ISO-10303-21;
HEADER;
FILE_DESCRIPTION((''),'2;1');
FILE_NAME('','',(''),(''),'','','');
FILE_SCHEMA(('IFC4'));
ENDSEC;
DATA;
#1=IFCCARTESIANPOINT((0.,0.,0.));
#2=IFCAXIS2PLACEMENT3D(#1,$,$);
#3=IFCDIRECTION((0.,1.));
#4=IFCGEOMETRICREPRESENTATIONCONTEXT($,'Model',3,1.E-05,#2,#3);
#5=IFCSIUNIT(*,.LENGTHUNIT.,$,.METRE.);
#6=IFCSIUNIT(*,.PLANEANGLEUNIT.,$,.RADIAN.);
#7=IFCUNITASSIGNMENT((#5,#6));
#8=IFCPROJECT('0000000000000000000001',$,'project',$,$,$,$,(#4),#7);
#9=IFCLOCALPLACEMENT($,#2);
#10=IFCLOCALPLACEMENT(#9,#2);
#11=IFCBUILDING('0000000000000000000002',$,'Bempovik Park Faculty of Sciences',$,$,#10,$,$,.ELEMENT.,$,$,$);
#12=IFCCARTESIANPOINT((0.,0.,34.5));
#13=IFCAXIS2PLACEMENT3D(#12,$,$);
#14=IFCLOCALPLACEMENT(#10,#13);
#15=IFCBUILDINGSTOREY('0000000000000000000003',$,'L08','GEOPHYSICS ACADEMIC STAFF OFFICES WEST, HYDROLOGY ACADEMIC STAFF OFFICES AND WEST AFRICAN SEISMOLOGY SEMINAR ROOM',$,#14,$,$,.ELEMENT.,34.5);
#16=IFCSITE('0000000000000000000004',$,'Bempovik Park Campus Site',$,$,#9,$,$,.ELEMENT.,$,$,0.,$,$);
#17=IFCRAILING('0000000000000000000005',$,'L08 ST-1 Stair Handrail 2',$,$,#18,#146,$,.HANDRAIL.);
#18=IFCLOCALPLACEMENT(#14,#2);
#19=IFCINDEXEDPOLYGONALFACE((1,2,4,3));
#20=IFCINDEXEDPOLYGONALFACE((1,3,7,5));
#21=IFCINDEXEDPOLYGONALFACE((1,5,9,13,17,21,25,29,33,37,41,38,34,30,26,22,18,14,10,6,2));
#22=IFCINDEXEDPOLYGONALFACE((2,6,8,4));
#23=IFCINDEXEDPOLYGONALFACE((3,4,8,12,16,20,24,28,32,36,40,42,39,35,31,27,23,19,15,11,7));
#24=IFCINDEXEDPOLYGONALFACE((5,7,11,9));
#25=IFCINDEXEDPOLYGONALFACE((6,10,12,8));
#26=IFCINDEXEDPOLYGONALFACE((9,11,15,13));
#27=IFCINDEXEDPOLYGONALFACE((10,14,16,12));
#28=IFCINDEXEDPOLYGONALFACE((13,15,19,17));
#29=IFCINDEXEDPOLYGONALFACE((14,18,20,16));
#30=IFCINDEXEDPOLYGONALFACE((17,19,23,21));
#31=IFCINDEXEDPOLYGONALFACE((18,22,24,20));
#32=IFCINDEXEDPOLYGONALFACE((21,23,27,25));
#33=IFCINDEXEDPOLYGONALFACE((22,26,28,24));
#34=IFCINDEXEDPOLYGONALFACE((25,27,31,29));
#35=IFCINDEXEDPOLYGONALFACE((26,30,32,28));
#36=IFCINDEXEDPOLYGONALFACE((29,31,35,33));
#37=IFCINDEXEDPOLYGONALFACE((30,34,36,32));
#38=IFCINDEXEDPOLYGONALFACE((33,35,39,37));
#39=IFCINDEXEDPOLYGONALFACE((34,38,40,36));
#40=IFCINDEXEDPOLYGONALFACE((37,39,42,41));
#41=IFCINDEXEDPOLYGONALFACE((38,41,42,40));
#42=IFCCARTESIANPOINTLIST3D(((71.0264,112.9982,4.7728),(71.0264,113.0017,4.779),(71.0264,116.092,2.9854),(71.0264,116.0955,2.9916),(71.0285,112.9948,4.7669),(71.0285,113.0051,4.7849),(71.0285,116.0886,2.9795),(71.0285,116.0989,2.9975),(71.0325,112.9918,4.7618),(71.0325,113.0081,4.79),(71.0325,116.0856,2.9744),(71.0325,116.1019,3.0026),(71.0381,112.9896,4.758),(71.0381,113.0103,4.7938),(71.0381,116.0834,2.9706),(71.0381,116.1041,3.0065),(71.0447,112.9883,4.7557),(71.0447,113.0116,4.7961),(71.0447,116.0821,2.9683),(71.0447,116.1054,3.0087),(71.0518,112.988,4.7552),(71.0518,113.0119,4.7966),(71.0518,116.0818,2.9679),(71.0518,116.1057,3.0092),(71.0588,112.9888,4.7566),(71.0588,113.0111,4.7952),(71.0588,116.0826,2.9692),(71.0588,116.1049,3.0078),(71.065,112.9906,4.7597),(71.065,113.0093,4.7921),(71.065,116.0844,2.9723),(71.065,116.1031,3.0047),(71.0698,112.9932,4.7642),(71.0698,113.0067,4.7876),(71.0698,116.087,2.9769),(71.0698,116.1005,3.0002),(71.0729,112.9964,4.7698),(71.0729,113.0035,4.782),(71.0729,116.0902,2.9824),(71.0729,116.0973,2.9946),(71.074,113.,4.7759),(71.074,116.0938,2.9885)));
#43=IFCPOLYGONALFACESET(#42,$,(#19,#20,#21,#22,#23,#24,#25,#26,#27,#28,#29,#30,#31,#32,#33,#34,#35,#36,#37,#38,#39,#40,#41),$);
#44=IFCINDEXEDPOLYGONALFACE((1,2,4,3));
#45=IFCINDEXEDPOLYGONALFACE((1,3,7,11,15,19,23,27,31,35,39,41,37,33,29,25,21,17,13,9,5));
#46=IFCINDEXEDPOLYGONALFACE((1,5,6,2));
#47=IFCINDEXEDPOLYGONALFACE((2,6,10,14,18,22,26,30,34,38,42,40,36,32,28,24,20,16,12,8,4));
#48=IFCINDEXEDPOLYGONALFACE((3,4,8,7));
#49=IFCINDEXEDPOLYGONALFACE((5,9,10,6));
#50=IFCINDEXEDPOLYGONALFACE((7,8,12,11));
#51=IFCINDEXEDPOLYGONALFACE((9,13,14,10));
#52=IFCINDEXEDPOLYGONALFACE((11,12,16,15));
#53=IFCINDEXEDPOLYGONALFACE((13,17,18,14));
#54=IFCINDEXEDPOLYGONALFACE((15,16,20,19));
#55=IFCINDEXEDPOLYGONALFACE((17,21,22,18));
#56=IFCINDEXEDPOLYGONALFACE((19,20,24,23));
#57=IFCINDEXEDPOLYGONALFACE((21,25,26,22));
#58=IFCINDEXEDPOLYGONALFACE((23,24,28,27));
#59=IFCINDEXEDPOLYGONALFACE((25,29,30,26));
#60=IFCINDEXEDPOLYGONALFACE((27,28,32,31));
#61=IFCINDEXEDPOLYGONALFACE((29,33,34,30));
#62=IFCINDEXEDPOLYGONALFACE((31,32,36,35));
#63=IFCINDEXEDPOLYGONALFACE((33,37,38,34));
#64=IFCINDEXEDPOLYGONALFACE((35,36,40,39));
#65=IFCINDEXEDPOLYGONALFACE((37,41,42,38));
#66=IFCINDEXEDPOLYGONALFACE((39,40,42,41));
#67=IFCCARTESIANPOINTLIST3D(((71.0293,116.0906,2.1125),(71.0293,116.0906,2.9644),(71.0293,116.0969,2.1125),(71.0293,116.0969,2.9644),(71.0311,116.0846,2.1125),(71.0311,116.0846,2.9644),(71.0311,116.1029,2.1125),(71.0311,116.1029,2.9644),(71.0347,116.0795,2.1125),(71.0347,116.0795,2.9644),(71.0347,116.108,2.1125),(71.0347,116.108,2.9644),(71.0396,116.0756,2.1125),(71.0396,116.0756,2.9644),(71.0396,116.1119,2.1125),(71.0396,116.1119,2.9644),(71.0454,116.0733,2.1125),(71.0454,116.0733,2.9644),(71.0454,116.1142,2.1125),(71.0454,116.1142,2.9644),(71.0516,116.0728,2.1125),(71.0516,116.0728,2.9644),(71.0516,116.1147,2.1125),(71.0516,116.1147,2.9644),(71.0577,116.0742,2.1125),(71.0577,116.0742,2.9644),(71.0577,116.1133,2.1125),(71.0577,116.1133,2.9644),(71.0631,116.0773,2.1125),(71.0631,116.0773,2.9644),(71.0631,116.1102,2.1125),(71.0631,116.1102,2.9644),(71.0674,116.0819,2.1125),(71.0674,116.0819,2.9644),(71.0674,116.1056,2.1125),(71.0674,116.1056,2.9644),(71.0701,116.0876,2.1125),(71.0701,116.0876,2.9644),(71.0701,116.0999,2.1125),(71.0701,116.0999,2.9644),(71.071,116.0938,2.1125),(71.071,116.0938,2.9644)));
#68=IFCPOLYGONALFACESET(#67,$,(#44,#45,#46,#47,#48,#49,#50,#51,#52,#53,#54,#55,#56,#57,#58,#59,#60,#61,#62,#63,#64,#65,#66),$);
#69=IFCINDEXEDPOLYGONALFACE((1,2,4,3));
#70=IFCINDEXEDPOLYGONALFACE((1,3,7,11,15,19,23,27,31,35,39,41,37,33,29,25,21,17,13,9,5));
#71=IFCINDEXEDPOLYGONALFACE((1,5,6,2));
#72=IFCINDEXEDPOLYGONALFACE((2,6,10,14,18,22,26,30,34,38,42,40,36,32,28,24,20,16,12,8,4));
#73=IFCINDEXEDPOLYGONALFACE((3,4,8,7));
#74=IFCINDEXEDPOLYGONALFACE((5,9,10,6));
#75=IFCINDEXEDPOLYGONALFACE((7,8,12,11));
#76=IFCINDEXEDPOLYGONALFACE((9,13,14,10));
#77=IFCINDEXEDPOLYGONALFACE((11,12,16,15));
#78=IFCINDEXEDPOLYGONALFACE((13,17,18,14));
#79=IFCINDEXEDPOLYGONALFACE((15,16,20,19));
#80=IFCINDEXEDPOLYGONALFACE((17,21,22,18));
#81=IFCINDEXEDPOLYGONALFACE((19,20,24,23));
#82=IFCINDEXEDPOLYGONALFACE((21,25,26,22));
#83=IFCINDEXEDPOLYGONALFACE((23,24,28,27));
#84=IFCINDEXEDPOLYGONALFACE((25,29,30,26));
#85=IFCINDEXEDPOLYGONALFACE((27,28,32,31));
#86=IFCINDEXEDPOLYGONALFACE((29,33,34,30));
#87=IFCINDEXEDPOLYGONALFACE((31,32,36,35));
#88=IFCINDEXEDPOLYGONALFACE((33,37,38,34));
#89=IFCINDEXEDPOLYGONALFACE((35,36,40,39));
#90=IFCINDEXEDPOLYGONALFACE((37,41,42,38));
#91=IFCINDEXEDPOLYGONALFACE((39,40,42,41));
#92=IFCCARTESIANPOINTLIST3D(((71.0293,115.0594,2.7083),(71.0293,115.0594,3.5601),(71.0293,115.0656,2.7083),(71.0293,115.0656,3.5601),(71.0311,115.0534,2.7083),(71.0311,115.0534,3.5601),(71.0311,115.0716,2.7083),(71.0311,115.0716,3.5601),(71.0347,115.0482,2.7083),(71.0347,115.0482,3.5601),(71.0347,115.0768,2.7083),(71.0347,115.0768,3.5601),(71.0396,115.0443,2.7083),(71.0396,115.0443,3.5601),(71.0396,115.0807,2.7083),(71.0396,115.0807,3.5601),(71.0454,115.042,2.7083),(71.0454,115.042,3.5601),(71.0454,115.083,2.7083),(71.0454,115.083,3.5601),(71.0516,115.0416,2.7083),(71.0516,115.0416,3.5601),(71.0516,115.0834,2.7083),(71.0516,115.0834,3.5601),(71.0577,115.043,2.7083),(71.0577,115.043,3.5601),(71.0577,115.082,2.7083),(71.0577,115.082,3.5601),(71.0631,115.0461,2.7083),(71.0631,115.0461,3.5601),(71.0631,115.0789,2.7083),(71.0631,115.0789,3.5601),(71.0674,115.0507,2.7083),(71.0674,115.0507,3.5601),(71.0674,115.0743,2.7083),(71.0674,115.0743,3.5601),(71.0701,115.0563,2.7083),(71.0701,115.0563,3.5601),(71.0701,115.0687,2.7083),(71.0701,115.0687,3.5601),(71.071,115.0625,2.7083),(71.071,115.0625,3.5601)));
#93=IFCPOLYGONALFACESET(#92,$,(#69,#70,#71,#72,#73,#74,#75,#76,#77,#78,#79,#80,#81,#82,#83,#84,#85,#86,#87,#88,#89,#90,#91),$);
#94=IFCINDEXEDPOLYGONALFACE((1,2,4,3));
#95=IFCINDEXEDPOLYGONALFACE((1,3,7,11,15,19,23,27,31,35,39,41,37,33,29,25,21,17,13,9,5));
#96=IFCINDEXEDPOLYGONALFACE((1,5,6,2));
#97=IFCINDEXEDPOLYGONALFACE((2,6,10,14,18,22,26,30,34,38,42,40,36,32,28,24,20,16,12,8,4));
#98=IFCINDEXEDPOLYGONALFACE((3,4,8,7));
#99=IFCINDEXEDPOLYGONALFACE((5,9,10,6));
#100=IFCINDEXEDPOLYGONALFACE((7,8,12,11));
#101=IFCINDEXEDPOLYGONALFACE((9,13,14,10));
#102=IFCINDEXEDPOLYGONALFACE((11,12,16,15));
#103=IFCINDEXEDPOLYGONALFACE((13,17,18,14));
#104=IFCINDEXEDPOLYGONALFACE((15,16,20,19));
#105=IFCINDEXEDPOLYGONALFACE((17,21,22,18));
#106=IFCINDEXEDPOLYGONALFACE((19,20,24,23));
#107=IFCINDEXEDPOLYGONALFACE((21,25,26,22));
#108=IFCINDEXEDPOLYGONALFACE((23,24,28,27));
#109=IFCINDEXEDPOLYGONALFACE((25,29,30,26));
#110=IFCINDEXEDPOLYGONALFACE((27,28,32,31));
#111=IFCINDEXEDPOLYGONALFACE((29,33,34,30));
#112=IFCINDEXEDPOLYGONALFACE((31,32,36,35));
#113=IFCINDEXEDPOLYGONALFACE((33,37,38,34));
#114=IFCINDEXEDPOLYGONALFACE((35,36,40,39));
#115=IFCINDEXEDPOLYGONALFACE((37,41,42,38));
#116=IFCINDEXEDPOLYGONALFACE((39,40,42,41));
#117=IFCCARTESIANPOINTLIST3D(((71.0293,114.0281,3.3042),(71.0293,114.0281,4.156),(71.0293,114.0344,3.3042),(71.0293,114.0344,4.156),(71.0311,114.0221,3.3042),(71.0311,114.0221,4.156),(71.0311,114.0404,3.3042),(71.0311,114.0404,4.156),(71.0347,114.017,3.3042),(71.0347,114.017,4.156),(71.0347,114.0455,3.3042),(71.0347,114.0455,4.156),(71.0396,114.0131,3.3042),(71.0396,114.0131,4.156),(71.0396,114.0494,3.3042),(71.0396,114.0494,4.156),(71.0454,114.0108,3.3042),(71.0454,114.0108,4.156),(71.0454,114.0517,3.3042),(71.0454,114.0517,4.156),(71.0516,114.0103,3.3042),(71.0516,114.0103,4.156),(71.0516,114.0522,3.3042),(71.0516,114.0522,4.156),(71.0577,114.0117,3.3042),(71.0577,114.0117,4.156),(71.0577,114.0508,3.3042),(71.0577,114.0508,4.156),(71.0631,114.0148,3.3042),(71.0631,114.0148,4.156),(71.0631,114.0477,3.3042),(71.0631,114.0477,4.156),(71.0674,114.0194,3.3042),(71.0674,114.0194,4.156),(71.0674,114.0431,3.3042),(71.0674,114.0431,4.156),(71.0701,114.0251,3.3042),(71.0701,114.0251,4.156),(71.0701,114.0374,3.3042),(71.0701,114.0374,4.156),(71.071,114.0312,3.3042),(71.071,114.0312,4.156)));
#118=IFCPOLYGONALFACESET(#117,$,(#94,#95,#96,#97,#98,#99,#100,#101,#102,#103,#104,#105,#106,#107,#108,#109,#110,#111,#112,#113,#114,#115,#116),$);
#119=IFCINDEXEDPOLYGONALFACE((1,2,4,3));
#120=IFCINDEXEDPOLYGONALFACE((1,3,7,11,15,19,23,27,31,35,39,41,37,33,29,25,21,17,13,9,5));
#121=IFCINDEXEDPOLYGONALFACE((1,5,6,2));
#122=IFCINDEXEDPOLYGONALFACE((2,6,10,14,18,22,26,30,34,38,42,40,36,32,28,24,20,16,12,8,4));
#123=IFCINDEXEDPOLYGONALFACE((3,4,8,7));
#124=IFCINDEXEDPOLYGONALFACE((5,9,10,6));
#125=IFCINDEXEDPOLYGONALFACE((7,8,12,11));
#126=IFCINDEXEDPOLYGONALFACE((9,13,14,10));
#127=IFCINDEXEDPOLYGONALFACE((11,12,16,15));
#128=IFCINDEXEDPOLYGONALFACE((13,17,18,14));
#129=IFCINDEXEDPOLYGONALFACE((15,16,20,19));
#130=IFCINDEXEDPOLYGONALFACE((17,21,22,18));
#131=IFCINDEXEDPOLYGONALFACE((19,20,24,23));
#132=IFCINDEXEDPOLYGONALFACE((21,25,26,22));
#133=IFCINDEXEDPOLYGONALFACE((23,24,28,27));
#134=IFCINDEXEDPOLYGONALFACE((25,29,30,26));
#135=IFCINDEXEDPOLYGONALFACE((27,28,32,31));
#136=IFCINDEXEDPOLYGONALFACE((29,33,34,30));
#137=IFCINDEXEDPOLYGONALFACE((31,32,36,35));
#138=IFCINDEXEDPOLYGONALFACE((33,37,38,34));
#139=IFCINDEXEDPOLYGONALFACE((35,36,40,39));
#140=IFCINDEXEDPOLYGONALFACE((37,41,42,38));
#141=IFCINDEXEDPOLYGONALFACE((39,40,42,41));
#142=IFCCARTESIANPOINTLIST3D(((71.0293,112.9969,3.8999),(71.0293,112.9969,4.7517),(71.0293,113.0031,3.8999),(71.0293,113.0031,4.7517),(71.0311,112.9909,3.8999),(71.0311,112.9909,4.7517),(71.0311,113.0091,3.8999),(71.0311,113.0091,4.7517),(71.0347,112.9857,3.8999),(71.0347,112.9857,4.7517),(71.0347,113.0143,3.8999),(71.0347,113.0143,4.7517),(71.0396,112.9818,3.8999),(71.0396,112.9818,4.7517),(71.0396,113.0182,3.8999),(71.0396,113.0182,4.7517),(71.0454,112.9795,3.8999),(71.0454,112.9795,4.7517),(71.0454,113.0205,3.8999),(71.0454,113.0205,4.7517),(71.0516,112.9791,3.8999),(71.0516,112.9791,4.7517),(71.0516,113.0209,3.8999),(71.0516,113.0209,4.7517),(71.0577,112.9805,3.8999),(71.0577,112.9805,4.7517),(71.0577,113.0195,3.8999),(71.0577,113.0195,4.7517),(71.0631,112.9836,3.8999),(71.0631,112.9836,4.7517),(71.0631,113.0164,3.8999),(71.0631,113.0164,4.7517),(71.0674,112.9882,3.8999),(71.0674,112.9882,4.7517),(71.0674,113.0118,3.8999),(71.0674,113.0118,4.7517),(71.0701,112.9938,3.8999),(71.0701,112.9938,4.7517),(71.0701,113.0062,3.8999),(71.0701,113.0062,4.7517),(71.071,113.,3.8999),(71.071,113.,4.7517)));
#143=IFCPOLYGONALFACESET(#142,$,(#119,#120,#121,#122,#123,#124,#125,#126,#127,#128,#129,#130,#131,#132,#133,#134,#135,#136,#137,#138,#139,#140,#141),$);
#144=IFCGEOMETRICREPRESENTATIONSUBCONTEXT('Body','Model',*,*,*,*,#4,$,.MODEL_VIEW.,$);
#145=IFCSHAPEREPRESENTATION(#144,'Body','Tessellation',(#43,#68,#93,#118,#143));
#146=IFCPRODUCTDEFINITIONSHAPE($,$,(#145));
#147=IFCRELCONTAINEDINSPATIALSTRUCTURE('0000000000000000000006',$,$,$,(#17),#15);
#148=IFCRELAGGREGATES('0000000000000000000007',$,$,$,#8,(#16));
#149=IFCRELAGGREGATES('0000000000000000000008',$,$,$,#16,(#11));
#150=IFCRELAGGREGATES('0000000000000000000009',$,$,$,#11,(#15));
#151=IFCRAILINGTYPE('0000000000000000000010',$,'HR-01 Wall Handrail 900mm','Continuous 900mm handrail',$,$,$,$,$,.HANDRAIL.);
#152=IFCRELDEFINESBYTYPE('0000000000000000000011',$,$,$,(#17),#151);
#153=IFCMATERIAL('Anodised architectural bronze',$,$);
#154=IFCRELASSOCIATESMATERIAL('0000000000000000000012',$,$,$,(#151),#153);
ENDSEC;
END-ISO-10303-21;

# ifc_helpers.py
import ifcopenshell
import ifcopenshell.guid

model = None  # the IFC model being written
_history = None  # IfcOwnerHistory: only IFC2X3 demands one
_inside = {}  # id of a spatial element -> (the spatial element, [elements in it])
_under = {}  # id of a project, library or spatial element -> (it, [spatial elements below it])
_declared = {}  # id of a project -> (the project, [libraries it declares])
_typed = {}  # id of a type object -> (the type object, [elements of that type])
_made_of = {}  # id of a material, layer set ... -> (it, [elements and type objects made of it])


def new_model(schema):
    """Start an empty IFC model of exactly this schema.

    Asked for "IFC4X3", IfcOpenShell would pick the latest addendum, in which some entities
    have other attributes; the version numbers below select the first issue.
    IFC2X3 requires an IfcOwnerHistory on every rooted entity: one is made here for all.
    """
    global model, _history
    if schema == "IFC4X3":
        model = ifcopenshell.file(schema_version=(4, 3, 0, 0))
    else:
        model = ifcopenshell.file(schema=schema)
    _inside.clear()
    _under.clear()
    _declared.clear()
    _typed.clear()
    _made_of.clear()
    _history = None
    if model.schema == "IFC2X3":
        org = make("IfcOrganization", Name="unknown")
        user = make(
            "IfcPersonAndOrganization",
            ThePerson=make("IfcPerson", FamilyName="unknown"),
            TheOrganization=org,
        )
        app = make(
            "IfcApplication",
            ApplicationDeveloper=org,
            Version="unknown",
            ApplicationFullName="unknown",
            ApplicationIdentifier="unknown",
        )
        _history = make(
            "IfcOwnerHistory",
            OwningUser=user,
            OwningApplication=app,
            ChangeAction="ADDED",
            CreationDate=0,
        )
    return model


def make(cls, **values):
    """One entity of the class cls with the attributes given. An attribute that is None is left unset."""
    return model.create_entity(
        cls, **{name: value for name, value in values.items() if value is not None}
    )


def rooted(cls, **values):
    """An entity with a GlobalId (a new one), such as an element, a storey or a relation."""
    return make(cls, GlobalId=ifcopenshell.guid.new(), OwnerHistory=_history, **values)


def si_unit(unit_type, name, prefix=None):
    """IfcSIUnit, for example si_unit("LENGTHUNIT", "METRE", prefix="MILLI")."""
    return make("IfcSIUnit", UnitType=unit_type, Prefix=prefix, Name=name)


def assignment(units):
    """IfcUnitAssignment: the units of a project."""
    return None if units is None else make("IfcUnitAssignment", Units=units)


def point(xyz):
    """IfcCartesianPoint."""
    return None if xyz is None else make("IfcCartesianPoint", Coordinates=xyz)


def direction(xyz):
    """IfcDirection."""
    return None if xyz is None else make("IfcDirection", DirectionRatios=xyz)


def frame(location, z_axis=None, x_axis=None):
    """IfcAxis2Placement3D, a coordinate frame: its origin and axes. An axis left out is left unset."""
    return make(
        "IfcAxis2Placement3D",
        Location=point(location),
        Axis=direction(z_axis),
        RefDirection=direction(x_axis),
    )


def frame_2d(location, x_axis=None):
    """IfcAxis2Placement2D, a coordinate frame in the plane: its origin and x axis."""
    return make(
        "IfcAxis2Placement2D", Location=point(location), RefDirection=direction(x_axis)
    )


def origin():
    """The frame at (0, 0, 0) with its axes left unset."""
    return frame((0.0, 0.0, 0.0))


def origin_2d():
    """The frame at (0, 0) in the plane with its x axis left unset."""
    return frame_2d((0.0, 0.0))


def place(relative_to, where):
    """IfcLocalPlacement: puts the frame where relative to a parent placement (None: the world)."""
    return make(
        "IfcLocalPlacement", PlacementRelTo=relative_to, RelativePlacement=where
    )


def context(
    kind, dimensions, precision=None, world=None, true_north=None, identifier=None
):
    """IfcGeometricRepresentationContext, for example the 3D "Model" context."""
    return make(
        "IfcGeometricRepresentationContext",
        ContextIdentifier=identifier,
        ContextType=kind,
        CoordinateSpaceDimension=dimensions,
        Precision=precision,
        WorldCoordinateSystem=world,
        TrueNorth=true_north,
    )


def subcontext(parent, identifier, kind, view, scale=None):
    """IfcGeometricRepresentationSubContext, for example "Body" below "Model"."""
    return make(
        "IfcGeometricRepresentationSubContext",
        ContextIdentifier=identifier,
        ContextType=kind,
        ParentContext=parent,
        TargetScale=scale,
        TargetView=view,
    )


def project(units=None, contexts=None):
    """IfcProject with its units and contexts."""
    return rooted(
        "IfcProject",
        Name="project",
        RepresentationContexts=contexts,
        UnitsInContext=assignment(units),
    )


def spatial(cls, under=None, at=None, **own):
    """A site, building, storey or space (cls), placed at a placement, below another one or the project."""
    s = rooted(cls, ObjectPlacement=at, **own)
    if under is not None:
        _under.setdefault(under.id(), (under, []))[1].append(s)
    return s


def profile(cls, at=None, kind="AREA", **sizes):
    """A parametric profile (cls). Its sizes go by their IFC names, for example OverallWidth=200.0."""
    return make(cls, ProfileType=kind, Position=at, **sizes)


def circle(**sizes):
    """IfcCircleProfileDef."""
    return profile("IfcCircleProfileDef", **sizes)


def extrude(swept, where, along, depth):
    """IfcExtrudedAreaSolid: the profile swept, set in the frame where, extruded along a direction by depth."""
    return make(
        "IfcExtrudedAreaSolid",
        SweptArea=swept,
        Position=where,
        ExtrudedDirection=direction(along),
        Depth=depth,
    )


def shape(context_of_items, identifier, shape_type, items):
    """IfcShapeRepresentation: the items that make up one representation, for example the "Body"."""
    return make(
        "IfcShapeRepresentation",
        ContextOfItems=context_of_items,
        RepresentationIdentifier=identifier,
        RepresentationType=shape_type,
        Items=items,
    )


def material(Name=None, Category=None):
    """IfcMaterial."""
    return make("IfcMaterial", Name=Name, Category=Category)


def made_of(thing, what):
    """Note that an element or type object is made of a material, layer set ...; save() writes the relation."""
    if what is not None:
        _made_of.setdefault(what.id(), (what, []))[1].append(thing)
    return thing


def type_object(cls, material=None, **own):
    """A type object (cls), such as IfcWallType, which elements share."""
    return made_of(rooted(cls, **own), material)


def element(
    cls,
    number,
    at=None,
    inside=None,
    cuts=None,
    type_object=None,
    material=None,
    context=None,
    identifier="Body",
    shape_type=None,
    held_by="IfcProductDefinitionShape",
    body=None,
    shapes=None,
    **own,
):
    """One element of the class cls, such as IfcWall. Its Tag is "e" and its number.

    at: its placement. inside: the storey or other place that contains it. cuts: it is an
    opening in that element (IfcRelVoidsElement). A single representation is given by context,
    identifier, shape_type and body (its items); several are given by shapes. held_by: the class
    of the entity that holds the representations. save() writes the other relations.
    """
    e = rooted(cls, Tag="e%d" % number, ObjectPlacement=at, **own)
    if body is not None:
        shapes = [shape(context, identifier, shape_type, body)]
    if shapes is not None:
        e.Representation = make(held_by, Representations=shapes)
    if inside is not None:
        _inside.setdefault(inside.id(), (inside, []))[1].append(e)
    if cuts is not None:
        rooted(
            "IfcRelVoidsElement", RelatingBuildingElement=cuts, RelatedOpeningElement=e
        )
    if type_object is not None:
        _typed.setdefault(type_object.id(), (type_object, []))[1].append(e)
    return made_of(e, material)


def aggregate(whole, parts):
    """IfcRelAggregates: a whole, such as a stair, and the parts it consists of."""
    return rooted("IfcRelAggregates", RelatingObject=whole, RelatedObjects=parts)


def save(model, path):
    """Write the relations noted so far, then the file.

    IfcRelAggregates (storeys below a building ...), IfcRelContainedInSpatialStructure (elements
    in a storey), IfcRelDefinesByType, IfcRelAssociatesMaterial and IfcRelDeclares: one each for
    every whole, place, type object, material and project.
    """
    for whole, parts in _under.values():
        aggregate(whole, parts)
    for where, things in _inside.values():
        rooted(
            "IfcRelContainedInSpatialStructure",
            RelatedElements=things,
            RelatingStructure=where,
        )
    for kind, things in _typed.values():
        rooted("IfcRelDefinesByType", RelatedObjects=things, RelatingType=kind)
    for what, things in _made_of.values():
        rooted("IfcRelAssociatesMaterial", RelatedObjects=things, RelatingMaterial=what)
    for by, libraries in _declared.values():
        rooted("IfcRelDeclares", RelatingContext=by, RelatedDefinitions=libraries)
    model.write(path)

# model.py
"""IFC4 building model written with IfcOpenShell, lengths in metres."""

from ifc_helpers import new_model, si_unit, direction, frame, origin, origin_2d, place, context, subcontext, project, spatial, circle, extrude, material, type_object, element, save


model = new_model("IFC4")

# Units and contexts
model_context = context("Model", 3, precision=1e-05, world=origin(), true_north=direction((0.0, 1.0)))
body_context = subcontext(model_context, "Body", "Model", "MODEL_VIEW")
ifc_project = project(units=[si_unit("LENGTHUNIT", "METRE"), si_unit("PLANEANGLEUNIT", "RADIAN")], contexts=[model_context])

# Site, building, storey
site_placement = place(None, origin())
site = spatial("IfcSite", under=ifc_project, at=site_placement, Name="Bempovik Park Campus Site", CompositionType="ELEMENT", RefElevation=0.0)
building_placement = place(site_placement, origin())
building = spatial("IfcBuilding", under=site, at=building_placement, Name="Bempovik Park Faculty of Sciences", CompositionType="ELEMENT")
storey_placement = place(building_placement, frame((0.0, 0.0, 34.5)))
storey = spatial("IfcBuildingStorey", under=building, at=storey_placement, Name="L08", Description="GEOPHYSICS ACADEMIC STAFF OFFICES WEST, HYDROLOGY ACADEMIC STAFF OFFICES AND WEST AFRICAN SEISMOLOGY SEMINAR ROOM", CompositionType="ELEMENT", Elevation=34.5)

# Railing
ifc_material_1 = material(Name="Anodised architectural bronze")
railing_type_1 = type_object("IfcRailingType", Name="HR-01 Wall Handrail 900mm", Description="Continuous 900mm handrail", PredefinedType="HANDRAIL", material=ifc_material_1)
railing_1_placement = place(storey_placement, frame((71.05, 116.0938, 2.1125)))
element("IfcRailing", 1, at=railing_1_placement, inside=storey, type_object=railing_type_1, Name="L08 ST-1 Stair Handrail 2", PredefinedType="HANDRAIL", context=body_context, shape_type="SweptSolid", body=[
    extrude(circle(Radius=0.0239, at=origin_2d()), frame((0.0, 0.0, 0.876), z_axis=(0.0, -0.865883, 0.500247), x_axis=(1.0, 0.0, 0.0)), (0.0, 0.0, 1.0), 3.573),
    extrude(circle(Radius=0.021, at=origin_2d()), origin(), (0.0, 0.0, 1.0), 0.8518),
    extrude(circle(Radius=0.021, at=origin_2d()), frame((0.0, -1.0312, 0.5957)), (0.0, 0.0, 1.0), 0.8518),
    extrude(circle(Radius=0.021, at=origin_2d()), frame((0.0, -2.0625, 1.1917)), (0.0, 0.0, 1.0), 0.8518),
    extrude(circle(Radius=0.021, at=origin_2d()), frame((0.0, -3.0938, 1.7874)), (0.0, 0.0, 1.0), 0.8518),
])

save(model, "model.ifc")
